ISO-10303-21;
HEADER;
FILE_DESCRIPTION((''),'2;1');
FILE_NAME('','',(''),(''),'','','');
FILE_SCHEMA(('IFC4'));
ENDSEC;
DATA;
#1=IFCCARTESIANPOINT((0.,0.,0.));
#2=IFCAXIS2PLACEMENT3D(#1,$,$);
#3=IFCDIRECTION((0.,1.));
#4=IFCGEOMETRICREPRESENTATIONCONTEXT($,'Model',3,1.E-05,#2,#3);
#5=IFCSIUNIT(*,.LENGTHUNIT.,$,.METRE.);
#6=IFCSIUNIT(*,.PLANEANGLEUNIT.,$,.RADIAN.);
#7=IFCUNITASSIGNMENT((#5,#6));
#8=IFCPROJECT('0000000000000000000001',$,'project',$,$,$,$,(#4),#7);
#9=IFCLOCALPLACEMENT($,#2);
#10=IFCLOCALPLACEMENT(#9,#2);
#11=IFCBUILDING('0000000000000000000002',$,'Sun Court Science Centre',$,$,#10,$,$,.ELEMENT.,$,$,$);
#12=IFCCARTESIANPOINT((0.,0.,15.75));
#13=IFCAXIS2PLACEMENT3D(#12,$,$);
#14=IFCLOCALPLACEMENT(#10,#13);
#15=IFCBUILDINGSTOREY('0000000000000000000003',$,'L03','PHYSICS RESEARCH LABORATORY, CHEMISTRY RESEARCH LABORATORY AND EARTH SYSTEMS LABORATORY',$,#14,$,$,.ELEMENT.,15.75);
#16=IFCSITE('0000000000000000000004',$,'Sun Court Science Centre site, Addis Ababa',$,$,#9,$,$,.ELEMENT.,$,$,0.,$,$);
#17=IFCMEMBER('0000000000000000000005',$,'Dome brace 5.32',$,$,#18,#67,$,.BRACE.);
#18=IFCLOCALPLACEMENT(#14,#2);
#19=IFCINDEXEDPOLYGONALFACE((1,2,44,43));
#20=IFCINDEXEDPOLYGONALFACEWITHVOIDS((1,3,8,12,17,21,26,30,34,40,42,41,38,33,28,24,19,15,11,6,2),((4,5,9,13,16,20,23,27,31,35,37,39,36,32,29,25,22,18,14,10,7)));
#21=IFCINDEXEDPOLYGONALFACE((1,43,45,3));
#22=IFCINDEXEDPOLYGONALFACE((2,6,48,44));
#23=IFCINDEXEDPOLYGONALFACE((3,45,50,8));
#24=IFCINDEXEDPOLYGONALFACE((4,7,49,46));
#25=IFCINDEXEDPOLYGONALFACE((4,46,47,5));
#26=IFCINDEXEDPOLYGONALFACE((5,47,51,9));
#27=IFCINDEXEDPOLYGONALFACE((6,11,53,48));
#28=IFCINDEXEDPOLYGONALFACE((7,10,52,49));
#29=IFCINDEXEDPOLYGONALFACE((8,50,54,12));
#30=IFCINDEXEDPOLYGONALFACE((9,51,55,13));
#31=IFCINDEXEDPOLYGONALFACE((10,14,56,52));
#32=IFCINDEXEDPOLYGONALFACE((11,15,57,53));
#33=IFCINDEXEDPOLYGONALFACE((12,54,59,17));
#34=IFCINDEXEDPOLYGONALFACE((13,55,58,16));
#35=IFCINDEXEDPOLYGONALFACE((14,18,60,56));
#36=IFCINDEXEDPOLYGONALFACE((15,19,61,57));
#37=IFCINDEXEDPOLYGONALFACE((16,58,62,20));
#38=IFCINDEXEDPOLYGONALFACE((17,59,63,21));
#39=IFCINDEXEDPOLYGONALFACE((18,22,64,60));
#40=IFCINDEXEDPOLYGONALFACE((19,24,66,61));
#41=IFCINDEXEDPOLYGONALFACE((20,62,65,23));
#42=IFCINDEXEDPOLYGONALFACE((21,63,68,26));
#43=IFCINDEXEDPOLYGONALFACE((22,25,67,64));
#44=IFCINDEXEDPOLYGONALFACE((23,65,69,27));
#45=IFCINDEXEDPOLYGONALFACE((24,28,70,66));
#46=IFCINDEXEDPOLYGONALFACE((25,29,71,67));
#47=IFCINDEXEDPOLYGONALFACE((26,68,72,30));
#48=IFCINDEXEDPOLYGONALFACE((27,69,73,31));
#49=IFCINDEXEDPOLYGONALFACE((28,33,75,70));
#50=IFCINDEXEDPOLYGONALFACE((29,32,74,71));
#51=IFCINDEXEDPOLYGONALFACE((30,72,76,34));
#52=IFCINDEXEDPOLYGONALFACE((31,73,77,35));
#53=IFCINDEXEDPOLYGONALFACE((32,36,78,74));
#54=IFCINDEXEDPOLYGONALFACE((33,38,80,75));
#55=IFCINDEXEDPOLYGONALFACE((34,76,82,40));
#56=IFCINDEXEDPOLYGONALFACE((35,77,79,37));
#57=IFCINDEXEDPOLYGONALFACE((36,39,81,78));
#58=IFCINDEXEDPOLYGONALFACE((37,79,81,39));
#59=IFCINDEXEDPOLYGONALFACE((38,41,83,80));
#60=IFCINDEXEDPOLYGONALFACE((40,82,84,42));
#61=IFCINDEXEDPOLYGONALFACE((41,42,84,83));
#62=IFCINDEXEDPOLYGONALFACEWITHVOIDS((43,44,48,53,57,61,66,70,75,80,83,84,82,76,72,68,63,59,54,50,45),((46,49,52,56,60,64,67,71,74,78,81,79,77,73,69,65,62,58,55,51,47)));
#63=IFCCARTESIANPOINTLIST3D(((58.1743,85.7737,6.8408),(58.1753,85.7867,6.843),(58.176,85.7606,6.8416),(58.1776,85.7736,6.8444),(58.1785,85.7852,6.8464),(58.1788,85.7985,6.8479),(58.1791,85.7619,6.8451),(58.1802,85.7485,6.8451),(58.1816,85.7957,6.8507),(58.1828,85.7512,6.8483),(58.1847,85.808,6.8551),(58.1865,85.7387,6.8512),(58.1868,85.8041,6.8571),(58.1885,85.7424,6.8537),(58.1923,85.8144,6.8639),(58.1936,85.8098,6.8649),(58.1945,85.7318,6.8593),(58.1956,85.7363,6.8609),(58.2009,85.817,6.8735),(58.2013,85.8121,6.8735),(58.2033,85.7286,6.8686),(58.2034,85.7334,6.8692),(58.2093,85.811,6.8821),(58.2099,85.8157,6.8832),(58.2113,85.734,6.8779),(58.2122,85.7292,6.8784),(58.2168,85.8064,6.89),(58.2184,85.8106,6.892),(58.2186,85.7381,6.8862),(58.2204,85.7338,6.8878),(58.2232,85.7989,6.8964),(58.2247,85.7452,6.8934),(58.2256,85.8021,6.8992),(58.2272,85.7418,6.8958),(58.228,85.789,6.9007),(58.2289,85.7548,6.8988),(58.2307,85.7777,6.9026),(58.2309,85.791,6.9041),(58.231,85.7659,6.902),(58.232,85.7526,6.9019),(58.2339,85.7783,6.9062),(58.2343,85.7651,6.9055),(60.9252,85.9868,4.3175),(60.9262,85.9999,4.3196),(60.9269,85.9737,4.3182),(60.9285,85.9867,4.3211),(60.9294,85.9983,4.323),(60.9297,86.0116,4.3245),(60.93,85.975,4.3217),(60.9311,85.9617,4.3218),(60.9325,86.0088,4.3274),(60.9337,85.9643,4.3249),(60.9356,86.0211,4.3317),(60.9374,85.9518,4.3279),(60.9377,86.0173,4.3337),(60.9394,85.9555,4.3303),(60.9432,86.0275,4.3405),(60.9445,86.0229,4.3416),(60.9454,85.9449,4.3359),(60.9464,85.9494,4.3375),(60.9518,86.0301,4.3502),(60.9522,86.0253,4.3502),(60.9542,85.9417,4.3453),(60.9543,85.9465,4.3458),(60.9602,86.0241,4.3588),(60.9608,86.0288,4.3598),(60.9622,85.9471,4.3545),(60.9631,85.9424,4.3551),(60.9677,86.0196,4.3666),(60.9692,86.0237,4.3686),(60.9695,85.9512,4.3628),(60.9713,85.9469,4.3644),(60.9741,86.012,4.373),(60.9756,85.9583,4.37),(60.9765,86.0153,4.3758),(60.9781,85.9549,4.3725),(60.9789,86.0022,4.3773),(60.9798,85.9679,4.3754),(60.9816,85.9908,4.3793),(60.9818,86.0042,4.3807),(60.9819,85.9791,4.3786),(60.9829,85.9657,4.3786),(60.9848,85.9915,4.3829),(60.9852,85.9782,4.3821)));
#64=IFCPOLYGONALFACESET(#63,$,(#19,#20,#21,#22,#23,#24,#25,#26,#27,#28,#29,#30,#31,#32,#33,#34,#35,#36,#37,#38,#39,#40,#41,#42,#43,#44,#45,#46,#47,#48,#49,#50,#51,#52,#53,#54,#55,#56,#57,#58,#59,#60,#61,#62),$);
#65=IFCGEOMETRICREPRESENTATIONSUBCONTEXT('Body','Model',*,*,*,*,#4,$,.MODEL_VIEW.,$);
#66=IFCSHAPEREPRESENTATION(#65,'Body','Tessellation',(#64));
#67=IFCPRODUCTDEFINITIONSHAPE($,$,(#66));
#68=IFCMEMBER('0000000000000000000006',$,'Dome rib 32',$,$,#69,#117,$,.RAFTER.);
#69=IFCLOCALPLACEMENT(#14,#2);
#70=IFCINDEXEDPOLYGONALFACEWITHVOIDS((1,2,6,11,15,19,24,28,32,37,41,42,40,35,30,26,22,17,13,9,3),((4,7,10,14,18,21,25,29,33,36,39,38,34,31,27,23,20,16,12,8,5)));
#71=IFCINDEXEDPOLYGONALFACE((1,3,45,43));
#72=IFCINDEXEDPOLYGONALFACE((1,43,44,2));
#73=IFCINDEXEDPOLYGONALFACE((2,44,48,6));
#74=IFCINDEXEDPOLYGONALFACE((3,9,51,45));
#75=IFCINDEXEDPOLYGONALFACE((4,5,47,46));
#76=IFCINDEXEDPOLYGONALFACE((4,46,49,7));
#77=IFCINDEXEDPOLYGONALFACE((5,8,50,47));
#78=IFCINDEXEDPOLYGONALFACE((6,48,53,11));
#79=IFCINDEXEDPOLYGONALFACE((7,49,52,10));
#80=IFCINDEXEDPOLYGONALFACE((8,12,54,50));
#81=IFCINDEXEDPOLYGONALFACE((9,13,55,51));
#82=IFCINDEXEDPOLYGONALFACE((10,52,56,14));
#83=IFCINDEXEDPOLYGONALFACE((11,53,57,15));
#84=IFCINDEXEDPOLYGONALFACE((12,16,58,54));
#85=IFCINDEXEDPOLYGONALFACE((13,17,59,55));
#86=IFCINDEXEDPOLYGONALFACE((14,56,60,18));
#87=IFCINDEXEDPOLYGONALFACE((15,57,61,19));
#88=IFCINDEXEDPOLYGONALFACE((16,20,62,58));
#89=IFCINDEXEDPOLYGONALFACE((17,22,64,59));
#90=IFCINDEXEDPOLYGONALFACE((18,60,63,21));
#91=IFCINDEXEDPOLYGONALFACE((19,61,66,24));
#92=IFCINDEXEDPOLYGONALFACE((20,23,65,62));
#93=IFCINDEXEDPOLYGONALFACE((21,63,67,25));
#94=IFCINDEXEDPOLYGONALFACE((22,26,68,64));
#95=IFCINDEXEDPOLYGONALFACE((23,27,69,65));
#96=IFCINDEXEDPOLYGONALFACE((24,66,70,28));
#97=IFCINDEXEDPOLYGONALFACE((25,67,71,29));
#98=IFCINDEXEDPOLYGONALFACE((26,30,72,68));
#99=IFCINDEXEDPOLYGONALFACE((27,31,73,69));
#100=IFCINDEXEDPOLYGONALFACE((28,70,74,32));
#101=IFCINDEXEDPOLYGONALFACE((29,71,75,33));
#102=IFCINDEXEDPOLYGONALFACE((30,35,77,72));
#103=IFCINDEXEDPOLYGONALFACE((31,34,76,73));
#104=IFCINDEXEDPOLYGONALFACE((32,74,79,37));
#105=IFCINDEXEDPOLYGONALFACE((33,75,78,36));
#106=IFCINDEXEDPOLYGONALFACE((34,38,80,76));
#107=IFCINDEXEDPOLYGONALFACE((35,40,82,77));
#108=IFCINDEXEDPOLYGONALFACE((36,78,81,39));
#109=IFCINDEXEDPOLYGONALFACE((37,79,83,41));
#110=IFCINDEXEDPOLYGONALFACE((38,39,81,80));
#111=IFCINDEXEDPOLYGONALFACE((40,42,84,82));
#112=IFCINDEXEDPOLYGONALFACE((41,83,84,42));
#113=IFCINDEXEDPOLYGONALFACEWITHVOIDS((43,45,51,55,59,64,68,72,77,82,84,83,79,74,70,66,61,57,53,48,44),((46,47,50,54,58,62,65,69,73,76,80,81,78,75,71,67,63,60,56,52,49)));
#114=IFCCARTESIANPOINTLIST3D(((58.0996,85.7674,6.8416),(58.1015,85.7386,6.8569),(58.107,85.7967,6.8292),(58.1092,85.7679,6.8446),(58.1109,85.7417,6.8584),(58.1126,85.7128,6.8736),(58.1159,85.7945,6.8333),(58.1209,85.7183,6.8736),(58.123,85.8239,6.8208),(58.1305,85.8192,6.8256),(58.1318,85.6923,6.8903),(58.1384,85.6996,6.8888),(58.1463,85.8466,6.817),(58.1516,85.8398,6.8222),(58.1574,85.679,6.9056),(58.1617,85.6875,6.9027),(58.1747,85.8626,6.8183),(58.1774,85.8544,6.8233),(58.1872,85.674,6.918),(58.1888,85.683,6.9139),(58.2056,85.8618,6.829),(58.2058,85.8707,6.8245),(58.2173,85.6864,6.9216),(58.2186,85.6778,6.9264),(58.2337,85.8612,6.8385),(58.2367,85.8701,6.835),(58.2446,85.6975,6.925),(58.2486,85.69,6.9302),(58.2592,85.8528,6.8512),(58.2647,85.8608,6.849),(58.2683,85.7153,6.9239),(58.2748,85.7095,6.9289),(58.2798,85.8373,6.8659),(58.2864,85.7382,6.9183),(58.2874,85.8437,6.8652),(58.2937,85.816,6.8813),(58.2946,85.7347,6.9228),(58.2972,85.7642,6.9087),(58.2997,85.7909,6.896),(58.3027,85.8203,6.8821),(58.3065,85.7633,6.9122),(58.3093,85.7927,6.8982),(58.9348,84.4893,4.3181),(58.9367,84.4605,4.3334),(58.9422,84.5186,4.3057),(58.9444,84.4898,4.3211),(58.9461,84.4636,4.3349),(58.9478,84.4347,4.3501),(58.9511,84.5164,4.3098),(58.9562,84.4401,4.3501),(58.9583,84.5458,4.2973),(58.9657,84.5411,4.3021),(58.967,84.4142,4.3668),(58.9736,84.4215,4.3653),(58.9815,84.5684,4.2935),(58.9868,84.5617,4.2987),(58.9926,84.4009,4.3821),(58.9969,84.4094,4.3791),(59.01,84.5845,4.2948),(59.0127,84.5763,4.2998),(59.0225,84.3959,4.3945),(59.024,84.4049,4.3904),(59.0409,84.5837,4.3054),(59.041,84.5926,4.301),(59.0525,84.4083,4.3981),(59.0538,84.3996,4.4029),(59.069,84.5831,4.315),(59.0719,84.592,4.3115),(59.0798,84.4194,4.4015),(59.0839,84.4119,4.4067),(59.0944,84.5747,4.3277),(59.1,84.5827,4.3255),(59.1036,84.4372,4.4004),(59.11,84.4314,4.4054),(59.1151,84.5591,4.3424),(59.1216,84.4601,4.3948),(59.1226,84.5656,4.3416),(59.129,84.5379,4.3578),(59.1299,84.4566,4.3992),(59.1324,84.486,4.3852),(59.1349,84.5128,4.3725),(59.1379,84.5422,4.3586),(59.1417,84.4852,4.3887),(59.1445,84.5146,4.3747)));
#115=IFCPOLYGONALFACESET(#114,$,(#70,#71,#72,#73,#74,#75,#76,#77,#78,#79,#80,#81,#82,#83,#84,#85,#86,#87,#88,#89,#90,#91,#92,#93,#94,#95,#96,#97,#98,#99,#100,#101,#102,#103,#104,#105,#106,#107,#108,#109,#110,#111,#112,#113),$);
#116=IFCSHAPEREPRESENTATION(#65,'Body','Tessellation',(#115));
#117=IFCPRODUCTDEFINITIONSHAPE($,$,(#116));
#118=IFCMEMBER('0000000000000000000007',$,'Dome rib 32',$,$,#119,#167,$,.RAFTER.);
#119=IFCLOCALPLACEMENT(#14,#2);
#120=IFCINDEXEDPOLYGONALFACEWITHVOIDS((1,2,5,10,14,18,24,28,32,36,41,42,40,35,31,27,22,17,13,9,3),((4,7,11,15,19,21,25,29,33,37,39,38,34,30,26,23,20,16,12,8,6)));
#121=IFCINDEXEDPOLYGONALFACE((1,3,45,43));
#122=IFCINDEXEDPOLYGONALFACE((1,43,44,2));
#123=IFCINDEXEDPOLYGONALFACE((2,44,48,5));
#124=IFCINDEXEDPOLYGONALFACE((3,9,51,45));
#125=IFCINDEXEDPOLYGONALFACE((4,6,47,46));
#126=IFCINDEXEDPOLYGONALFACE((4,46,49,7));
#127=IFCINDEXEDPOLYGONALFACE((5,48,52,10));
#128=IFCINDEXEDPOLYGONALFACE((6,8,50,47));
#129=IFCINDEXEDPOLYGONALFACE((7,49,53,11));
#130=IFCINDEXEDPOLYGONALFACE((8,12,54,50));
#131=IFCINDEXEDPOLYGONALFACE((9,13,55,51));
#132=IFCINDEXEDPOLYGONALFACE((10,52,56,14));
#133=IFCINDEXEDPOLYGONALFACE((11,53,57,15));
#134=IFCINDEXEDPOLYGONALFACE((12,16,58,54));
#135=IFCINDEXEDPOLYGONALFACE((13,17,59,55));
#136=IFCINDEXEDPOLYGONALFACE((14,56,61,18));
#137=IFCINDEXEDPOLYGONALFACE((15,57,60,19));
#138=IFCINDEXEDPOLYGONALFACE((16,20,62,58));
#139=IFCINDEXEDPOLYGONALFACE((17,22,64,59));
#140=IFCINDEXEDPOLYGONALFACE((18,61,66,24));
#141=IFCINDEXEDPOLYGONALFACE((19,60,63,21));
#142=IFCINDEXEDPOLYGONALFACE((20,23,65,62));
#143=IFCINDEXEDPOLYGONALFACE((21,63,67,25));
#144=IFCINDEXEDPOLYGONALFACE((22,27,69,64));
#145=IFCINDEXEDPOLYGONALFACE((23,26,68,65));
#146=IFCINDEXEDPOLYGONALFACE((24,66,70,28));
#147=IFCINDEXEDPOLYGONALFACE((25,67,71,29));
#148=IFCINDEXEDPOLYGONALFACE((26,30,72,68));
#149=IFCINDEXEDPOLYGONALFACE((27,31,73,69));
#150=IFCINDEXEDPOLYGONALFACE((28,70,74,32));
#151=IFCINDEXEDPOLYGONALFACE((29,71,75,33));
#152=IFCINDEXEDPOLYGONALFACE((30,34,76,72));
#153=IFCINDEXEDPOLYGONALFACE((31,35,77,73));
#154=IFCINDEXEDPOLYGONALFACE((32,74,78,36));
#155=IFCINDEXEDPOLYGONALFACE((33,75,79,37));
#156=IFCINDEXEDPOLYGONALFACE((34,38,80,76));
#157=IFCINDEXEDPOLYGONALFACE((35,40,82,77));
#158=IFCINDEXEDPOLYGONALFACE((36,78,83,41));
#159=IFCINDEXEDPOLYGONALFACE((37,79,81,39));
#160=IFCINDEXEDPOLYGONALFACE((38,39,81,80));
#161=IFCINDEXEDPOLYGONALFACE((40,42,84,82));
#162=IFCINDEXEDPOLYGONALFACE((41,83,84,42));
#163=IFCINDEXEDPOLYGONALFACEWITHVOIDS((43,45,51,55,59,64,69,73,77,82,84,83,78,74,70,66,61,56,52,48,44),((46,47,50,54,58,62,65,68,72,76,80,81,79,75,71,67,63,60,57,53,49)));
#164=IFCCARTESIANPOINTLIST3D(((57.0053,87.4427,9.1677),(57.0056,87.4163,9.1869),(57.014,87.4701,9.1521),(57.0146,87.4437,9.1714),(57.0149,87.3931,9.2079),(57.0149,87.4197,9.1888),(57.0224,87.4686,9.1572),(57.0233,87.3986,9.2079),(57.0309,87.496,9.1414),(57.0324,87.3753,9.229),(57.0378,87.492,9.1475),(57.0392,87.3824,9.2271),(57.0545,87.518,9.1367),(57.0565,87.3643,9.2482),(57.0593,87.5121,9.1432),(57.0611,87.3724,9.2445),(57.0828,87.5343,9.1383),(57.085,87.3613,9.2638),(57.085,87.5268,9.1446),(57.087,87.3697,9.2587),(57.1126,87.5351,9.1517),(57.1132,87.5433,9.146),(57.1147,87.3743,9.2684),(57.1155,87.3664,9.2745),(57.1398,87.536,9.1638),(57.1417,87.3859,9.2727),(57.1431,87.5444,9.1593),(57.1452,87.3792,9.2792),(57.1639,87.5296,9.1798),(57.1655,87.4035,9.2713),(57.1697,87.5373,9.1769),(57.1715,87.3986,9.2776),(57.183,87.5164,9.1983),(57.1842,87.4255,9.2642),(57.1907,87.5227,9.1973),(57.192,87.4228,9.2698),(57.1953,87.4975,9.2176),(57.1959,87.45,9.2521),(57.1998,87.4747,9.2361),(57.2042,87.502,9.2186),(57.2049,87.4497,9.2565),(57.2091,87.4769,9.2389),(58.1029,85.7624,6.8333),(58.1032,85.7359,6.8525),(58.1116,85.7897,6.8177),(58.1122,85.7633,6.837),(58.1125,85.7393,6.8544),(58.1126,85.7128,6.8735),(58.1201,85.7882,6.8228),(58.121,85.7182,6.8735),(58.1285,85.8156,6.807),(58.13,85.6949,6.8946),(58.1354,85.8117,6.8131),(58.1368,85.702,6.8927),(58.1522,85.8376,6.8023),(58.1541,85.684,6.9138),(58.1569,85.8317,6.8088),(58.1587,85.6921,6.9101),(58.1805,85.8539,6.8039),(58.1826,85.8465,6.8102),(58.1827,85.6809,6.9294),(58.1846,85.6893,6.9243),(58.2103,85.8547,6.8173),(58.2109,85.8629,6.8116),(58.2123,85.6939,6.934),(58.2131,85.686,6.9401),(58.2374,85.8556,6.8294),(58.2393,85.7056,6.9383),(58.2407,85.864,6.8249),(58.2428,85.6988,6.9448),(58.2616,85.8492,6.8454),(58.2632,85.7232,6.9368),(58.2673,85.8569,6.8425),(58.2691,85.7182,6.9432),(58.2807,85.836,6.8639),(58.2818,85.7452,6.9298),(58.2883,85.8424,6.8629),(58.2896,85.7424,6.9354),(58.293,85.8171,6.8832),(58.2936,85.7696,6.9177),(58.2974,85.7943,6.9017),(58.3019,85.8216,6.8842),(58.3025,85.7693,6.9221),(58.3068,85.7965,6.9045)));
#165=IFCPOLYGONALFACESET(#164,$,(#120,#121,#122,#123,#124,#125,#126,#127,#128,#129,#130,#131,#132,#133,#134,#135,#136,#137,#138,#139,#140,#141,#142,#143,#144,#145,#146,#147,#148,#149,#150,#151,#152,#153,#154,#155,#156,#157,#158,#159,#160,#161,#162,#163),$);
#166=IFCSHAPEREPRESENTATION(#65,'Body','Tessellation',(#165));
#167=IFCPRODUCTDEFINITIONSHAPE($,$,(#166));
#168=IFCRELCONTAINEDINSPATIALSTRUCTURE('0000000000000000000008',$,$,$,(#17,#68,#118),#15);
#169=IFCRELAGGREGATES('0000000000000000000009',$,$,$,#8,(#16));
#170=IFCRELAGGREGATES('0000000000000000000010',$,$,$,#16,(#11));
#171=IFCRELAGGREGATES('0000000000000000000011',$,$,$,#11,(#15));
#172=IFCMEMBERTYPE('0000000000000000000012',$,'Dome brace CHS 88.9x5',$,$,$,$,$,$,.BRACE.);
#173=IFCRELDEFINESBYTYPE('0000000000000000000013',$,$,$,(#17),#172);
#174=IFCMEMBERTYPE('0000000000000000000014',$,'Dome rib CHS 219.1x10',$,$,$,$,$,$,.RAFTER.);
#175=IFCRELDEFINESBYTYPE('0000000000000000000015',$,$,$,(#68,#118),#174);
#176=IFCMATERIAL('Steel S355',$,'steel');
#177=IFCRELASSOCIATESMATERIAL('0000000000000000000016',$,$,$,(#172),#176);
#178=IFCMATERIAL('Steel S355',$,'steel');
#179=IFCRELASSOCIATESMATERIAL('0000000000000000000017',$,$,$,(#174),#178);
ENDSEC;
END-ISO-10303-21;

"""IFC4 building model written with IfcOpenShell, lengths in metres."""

from ifc_helpers import new_model, si_unit, direction, frame, origin, origin_2d, place, context, subcontext, project, spatial, hollow_circle, extrude, material, material_profile, profile_set, type_object, element, save


model = new_model("IFC4")

# Units and contexts
model_context = context("Model", 3, precision=1e-05, world=origin(), true_north=direction((0.0, 1.0)))
body_context = subcontext(model_context, "Body", "Model", "MODEL_VIEW")
ifc_project = project(units=[si_unit("LENGTHUNIT", "METRE"), si_unit("PLANEANGLEUNIT", "RADIAN")], contexts=[model_context])

# Site, building, storey
site_placement = place(None, origin())
site = spatial("IfcSite", under=ifc_project, at=site_placement, Name="Sun Court Science Centre site, Addis Ababa", CompositionType="ELEMENT", RefElevation=0.0)
building_placement = place(site_placement, origin())
building = spatial("IfcBuilding", under=site, at=building_placement, Name="Sun Court Science Centre", CompositionType="ELEMENT")
storey_placement = place(building_placement, frame((0.0, 0.0, 15.75)))
storey = spatial("IfcBuildingStorey", under=building, at=storey_placement, Name="L03", Description="PHYSICS RESEARCH LABORATORY, CHEMISTRY RESEARCH LABORATORY AND EARTH SYSTEMS LABORATORY", CompositionType="ELEMENT", Elevation=15.75)

# Members
ifc_material_1 = material(Name="Steel S355", Category="steel")
ifc_material_profile_1 = material_profile(ifc_material_1, hollow_circle(Radius=0.0444, WallThickness=0.0049, at=origin_2d()), Name="CHS 88.9x5")
ifc_profile_set_1 = profile_set([ifc_material_profile_1], Name="Steel S355")
member_type_1 = type_object("IfcMemberType", Name="Dome brace CHS 88.9x5", PredefinedType="BRACE", material=ifc_profile_set_1)
member_1_placement = place(storey_placement, frame((58.2043, 85.7727, 6.8735), z_axis=(0.735728, 0.057001, -0.674874), x_axis=(-0.077245, 0.997012, 0.0)))
element("IfcMember", 1, at=member_1_placement, inside=storey, type_object=member_type_1, Name="Dome brace 5.32", PredefinedType="BRACE", context=body_context, shape_type="SweptSolid", body=[
    extrude(hollow_circle(Radius=0.0444, WallThickness=0.0049, at=origin_2d()), origin(), (0.0, 0.0, 1.0), 3.739),
])
ifc_material_2 = material(Name="Steel S355", Category="steel")
ifc_material_profile_2 = material_profile(ifc_material_2, hollow_circle(Radius=0.1096, WallThickness=0.01, at=origin_2d()), Name="CHS 219.1x10")
ifc_profile_set_2 = profile_set([ifc_material_profile_2], Name="Steel S355")
member_type_2 = type_object("IfcMemberType", Name="Dome rib CHS 219.1x10", PredefinedType="RAFTER", material=ifc_profile_set_2)
member_2_placement = place(storey_placement, frame((59.0396, 84.4946, 4.3501), z_axis=(-0.283181, 0.433339, 0.855585), x_axis=(-0.837108, -0.547038, 0.0)))
element("IfcMember", 2, at=member_2_placement, inside=storey, type_object=member_type_2, Name="Dome rib 32", PredefinedType="RAFTER", context=body_context, shape_type="SweptSolid", body=[
    extrude(hollow_circle(Radius=0.1096, WallThickness=0.01, at=origin_2d()), origin(), (0.0, 0.0, 1.0), 2.9495),
])
member_3_placement = place(storey_placement, frame((58.2043, 85.7727, 6.8735), z_axis=(-0.356532, 0.54582, 0.758265), x_axis=(-0.837216, -0.546872, 0.0)))
element("IfcMember", 3, at=member_3_placement, inside=storey, type_object=member_type_2, Name="Dome rib 32", PredefinedType="RAFTER", context=body_context, shape_type="SweptSolid", body=[
    extrude(hollow_circle(Radius=0.1096, WallThickness=0.01, at=origin_2d()), origin(), (0.0, 0.0, 1.0), 3.0786),
])

save(model, "model.ifc")
